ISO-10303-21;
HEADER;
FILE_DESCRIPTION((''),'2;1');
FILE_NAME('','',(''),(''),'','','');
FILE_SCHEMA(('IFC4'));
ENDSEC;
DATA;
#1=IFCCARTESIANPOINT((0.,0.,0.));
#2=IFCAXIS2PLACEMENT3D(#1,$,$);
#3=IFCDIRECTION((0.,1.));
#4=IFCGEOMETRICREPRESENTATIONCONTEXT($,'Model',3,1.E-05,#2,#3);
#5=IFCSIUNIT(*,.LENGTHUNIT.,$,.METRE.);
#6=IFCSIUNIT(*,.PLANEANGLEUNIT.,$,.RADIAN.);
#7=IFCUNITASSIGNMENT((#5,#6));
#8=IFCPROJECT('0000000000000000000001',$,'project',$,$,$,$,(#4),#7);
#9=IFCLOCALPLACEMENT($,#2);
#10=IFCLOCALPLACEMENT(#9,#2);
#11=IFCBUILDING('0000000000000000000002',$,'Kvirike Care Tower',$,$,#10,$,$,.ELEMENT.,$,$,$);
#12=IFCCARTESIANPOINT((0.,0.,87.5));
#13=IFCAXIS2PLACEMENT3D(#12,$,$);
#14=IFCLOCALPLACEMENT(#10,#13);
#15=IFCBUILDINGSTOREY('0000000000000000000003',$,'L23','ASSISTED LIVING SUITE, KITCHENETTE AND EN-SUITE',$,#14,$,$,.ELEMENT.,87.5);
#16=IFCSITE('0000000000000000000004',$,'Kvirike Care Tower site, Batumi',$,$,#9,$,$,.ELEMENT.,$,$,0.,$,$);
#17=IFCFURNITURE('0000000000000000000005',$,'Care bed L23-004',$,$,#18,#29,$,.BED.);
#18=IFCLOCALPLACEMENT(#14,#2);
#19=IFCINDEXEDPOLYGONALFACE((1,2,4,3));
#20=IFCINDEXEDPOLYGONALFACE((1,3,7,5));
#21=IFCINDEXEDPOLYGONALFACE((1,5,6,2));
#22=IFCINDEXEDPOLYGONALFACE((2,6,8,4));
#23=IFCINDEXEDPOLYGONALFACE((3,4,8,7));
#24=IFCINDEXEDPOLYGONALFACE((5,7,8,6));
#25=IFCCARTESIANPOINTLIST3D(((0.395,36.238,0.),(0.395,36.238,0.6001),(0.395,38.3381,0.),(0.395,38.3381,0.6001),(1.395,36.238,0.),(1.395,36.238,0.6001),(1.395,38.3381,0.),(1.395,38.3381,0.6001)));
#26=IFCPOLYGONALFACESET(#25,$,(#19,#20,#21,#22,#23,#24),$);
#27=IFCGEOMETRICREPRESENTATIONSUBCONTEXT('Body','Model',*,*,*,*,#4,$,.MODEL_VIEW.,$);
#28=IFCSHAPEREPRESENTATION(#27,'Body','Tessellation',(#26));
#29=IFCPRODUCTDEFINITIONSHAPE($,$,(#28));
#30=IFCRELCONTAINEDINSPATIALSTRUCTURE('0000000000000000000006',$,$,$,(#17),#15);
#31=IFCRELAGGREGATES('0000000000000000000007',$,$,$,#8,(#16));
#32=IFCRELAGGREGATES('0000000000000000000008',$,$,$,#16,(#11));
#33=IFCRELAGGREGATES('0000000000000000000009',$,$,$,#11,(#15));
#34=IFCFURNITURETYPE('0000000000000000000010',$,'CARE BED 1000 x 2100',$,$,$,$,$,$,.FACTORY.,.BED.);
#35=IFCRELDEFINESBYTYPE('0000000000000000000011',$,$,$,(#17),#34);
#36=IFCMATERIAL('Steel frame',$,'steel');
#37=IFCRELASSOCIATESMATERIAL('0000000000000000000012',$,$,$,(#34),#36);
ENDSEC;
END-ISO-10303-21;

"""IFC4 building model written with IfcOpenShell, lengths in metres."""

from ifc_helpers import new_model, si_unit, direction, frame, origin, origin_2d, place, context, subcontext, project, spatial, rectangle, extrude, material, type_object, element, save


model = new_model("IFC4")

# Units and contexts
model_context = context("Model", 3, precision=1e-05, world=origin(), true_north=direction((0.0, 1.0)))
body_context = subcontext(model_context, "Body", "Model", "MODEL_VIEW")
ifc_project = project(units=[si_unit("LENGTHUNIT", "METRE"), si_unit("PLANEANGLEUNIT", "RADIAN")], contexts=[model_context])

# Site, building, storey
site_placement = place(None, origin())
site = spatial("IfcSite", under=ifc_project, at=site_placement, Name="Kvirike Care Tower site, Batumi", CompositionType="ELEMENT", RefElevation=0.0)
building_placement = place(site_placement, origin())
building = spatial("IfcBuilding", under=site, at=building_placement, Name="Kvirike Care Tower", CompositionType="ELEMENT")
storey_placement = place(building_placement, frame((0.0, 0.0, 87.5)))
storey = spatial("IfcBuildingStorey", under=building, at=storey_placement, Name="L23", Description="ASSISTED LIVING SUITE, KITCHENETTE AND EN-SUITE", CompositionType="ELEMENT", Elevation=87.5)

# Furniture
ifc_material_1 = material(Name="Steel frame", Category="steel")
furniture_type = type_object("IfcFurnitureType", Name="CARE BED 1000 x 2100", AssemblyPlace="FACTORY", PredefinedType="BED", material=ifc_material_1)
furniture_placement = place(storey_placement, frame((0.895, 37.2881, 0.0), z_axis=(0.0, 0.0, 1.0), x_axis=(1.0, 0.0, 0.0)))
element("IfcFurniture", 1, at=furniture_placement, inside=storey, type_object=furniture_type, Name="Care bed L23-004", PredefinedType="BED", context=body_context, shape_type="SweptSolid", body=[
    extrude(rectangle(XDim=1.0, YDim=2.1001, at=origin_2d()), origin(), (0.0, 0.0, 1.0), 0.6001),
])

save(model, "model.ifc")
